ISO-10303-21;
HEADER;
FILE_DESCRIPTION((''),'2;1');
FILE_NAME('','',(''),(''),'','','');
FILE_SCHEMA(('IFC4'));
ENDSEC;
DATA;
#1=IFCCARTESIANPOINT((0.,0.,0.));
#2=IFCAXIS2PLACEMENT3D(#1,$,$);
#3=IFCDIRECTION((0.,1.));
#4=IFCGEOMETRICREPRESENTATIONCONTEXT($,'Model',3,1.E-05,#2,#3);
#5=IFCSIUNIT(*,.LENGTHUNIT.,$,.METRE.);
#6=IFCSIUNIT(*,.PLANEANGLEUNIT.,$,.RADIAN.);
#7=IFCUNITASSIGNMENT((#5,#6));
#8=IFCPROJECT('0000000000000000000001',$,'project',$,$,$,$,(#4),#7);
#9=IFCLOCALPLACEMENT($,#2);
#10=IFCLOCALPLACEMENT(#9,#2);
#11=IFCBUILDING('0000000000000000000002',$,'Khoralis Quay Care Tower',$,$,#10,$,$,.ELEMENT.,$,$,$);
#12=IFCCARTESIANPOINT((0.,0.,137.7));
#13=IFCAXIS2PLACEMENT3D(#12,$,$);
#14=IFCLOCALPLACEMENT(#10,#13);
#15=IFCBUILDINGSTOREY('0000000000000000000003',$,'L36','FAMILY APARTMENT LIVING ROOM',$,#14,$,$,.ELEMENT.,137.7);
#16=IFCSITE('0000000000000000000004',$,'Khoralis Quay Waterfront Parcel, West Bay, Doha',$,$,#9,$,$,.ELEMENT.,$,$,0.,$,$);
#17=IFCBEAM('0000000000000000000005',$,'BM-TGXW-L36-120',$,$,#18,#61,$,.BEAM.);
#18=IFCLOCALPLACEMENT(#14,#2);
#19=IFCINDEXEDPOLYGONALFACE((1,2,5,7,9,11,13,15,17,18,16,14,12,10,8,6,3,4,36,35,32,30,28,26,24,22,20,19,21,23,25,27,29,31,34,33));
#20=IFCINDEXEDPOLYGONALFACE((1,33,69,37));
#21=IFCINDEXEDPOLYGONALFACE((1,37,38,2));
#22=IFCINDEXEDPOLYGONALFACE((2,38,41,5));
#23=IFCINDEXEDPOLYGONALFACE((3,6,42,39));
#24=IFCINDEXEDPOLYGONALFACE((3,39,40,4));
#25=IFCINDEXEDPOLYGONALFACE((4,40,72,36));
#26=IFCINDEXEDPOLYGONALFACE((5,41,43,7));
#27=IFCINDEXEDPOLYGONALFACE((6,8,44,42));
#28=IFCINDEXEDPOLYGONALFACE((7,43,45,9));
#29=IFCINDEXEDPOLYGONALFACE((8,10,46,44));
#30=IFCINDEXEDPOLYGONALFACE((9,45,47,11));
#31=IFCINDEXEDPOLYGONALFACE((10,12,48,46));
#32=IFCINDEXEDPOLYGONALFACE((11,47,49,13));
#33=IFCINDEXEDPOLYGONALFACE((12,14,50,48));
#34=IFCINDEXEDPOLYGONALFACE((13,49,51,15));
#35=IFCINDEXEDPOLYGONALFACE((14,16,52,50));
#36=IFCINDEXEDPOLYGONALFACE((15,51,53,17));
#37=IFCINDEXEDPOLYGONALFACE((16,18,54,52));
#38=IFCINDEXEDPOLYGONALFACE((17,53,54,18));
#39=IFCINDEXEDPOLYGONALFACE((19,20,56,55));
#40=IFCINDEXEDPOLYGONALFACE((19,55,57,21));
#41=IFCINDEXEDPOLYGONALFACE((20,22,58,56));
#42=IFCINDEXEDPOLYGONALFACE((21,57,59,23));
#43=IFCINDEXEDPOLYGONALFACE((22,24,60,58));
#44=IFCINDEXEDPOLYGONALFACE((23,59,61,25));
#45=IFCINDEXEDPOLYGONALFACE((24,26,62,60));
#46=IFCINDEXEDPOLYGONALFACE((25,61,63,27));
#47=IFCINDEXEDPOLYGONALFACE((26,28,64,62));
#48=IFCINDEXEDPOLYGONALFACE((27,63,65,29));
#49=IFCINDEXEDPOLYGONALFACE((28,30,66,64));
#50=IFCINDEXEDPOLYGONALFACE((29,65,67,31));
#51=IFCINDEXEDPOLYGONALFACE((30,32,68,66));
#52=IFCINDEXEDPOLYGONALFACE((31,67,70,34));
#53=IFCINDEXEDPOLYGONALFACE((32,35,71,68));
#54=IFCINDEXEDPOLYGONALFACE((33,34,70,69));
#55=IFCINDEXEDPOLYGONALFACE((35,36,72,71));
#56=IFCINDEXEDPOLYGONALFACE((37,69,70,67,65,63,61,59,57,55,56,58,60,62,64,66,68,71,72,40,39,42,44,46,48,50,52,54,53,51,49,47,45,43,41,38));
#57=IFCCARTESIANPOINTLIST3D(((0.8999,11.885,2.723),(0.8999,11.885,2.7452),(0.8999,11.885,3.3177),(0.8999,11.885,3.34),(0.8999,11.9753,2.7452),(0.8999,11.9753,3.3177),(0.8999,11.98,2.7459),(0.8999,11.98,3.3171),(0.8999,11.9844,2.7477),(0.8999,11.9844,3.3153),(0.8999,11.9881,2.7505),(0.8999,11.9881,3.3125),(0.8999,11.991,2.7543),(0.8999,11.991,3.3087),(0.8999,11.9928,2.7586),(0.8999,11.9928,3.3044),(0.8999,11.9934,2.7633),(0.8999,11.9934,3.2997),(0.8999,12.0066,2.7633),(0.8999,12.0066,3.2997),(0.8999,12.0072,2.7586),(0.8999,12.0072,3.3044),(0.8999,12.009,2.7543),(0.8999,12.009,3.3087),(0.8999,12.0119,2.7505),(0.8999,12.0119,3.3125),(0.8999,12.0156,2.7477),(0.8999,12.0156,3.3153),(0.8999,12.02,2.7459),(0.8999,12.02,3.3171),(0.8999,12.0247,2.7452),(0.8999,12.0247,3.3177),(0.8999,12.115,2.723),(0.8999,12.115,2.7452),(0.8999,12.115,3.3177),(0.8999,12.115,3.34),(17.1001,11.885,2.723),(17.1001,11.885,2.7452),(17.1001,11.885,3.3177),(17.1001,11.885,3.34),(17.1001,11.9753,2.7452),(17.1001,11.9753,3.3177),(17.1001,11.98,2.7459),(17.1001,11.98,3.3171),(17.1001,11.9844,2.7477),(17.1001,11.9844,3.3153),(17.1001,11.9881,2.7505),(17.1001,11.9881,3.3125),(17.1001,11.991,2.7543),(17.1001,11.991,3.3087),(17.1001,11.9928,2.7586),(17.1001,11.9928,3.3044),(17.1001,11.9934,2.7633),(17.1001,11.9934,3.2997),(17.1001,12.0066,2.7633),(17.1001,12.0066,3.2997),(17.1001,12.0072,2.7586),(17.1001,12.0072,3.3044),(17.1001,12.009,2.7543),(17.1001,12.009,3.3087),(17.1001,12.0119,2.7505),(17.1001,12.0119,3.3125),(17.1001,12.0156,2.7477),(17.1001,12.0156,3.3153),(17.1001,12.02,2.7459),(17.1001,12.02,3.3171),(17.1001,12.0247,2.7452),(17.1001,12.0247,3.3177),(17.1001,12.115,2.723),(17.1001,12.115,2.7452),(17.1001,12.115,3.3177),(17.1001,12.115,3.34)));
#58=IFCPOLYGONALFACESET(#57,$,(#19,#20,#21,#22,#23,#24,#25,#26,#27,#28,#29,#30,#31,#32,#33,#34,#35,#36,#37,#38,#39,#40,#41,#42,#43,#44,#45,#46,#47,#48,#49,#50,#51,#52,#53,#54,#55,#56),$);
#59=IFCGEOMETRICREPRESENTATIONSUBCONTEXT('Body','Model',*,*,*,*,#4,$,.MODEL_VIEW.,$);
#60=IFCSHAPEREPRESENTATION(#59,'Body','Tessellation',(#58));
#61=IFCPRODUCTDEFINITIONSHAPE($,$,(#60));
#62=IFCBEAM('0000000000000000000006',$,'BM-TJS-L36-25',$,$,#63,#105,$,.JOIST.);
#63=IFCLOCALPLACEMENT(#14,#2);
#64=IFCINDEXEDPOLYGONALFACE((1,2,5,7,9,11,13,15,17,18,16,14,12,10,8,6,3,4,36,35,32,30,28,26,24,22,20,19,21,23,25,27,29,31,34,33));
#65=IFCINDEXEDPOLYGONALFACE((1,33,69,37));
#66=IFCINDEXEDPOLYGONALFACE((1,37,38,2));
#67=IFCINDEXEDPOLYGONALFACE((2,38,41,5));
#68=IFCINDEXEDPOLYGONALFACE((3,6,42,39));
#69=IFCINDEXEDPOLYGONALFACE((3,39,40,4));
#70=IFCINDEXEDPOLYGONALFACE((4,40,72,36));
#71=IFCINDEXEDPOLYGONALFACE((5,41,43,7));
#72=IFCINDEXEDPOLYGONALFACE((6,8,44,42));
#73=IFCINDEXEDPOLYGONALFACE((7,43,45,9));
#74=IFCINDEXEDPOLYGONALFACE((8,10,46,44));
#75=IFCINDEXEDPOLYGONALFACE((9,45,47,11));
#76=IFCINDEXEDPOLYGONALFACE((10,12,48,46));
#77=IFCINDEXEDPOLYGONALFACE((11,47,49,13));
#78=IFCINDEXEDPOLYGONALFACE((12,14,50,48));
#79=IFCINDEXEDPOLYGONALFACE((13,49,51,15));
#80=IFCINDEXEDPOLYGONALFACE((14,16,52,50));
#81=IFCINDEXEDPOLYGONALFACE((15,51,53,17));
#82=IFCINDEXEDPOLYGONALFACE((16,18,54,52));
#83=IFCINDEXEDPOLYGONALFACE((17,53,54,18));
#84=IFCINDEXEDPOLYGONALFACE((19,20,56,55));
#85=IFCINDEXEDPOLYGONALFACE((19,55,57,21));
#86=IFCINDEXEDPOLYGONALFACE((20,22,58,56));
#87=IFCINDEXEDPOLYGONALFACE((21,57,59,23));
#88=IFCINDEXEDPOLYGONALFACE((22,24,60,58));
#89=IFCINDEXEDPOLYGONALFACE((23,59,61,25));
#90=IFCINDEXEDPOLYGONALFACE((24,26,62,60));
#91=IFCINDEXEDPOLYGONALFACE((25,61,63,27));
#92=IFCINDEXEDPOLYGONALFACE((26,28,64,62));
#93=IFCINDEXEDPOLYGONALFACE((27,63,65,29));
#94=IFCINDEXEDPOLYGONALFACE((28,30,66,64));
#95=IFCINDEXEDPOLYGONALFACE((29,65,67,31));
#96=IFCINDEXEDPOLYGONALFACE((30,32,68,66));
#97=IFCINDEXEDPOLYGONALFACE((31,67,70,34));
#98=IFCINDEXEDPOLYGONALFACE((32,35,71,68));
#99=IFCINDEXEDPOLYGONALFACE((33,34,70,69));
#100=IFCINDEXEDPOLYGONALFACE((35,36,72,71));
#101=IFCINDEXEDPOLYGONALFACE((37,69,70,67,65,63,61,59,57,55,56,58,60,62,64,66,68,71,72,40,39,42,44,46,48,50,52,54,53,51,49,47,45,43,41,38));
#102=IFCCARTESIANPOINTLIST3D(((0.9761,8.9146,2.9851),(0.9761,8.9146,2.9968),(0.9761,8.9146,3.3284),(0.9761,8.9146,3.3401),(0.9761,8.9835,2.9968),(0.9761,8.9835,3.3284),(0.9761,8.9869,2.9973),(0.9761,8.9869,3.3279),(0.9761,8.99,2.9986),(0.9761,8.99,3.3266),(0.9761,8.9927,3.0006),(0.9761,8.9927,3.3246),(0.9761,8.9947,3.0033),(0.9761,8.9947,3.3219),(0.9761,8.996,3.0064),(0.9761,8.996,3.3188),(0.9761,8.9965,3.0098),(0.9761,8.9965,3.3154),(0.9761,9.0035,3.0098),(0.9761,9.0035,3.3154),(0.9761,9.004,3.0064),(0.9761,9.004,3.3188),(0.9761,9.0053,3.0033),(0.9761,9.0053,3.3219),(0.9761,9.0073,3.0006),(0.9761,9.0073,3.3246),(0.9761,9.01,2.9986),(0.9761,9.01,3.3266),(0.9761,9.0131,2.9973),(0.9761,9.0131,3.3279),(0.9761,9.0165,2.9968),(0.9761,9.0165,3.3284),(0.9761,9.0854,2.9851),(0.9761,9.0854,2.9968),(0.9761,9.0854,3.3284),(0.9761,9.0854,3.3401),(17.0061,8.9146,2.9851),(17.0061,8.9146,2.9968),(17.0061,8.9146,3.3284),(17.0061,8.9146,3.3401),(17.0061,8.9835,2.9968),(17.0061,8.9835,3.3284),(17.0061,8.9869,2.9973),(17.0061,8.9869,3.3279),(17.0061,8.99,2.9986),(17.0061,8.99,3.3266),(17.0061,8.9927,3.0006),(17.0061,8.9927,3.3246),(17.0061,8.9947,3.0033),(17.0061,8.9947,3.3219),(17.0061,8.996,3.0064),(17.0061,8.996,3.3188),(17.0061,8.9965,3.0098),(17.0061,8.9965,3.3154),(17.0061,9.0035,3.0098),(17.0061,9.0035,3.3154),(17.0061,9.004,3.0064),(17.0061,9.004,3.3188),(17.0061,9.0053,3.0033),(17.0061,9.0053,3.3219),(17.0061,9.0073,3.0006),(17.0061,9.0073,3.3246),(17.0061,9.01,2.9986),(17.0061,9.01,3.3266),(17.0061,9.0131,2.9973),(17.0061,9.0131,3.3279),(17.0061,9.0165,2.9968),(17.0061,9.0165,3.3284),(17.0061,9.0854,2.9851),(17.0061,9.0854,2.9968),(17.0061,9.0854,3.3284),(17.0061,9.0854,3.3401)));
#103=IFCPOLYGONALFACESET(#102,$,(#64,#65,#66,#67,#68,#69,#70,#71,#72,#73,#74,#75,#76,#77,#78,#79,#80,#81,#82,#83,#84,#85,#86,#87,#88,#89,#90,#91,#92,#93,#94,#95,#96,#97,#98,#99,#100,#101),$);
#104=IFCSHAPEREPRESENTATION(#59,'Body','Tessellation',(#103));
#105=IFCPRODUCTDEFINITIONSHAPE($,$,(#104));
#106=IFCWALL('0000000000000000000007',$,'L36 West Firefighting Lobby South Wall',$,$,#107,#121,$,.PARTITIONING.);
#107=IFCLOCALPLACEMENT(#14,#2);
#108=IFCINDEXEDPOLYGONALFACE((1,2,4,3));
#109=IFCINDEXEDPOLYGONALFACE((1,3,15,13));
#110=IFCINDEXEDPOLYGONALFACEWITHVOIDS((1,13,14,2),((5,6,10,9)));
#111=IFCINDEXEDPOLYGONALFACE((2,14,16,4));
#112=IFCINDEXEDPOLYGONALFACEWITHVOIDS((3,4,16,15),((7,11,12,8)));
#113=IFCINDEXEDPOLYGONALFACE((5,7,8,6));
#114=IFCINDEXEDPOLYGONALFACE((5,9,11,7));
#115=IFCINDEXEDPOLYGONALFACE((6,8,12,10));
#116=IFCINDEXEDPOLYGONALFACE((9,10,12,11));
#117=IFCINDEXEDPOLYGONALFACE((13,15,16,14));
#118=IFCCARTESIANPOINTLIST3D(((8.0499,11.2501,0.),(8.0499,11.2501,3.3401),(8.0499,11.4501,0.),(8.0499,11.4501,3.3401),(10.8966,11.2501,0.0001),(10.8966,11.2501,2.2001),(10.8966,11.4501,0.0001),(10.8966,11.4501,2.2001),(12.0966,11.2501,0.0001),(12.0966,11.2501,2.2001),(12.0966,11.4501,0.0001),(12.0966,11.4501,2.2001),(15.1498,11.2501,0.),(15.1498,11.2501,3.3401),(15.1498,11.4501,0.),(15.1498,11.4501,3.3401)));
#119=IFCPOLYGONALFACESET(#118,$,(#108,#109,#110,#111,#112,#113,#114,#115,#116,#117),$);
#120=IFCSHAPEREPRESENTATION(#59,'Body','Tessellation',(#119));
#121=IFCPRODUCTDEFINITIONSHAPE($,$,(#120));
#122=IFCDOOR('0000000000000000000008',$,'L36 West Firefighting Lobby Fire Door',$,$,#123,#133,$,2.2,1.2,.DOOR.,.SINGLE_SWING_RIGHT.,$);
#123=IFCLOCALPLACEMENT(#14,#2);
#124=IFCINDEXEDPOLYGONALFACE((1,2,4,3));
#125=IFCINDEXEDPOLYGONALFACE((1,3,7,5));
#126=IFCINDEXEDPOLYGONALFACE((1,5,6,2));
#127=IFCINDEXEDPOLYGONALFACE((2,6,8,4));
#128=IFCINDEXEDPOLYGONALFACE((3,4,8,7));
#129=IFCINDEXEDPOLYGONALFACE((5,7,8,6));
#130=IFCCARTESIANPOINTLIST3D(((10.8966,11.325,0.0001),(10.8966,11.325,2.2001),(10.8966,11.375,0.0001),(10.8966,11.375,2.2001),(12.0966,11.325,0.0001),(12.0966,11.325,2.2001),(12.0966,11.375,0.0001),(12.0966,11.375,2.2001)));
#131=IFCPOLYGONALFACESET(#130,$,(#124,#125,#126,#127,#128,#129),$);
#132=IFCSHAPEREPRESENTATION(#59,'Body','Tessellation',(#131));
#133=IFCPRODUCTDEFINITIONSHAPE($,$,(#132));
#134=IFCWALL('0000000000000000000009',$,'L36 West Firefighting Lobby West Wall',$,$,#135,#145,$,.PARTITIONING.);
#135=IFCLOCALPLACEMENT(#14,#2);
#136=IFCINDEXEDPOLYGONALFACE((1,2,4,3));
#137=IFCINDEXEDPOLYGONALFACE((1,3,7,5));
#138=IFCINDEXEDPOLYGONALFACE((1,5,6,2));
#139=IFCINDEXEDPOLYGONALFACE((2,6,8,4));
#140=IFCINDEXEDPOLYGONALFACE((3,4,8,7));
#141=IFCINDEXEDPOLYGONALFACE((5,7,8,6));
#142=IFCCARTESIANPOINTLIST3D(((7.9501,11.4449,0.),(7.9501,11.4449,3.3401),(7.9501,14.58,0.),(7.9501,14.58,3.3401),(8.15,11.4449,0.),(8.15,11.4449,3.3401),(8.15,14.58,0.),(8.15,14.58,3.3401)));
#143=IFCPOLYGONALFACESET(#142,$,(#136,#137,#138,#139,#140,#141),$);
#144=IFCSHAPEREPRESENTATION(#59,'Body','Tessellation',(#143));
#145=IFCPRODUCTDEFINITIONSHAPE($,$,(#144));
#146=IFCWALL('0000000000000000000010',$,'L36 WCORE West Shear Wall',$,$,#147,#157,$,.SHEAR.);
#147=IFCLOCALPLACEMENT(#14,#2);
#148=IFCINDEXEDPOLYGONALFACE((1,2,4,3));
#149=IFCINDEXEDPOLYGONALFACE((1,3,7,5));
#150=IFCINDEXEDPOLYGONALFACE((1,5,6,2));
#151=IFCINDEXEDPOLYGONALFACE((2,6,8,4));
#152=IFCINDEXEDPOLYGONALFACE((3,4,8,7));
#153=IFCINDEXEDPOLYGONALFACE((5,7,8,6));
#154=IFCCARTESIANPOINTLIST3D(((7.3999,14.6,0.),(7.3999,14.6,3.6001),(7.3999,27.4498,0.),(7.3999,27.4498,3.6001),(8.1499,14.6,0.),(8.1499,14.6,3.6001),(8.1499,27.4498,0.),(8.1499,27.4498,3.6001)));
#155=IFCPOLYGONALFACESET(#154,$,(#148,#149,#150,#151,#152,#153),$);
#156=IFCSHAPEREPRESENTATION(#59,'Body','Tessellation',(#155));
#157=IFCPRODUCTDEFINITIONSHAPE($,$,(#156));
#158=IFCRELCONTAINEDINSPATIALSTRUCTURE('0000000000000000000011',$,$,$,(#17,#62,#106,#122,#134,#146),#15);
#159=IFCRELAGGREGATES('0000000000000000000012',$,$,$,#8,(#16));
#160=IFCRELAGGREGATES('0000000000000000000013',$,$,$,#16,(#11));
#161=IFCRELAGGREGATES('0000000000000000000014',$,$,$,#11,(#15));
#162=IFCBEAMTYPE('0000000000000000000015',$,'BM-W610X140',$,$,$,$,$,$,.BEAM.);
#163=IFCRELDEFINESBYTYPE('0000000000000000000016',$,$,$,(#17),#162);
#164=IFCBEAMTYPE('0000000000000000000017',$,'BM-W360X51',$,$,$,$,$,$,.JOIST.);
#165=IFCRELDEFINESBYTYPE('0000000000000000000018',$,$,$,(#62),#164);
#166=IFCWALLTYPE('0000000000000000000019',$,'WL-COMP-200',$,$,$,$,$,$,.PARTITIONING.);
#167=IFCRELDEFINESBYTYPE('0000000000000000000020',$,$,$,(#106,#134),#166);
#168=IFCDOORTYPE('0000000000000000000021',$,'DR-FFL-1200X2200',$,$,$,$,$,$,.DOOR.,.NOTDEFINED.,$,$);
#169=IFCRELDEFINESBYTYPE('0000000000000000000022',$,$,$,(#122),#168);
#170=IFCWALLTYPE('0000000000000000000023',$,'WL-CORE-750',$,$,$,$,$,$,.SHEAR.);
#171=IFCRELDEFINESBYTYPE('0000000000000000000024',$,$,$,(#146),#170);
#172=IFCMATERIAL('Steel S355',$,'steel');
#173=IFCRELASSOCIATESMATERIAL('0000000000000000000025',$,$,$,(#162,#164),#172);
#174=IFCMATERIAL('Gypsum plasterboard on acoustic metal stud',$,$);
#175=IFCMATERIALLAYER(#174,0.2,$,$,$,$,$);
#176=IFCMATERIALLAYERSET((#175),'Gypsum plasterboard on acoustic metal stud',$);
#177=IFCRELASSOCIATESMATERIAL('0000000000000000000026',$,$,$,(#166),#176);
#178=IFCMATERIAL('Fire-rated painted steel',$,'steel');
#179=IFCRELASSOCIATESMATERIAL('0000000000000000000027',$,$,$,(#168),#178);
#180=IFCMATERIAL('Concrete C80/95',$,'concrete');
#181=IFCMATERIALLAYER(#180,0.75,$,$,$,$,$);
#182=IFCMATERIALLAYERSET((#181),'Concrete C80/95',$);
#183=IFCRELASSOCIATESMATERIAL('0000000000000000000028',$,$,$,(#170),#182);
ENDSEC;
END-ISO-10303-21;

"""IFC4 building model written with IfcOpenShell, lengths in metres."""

from ifc_helpers import new_model, si_unit, direction, frame, frame_2d, origin, origin_2d, place, context, subcontext, project, spatial, rectangle, i_section, extrude, source, transform, mapped, material, layer, layer_set, material_profile, profile_set, type_object, element, fill, save


model = new_model("IFC4")

# Units and contexts
model_context = context("Model", 3, precision=1e-05, world=origin(), true_north=direction((0.0, 1.0)))
body_context = subcontext(model_context, "Body", "Model", "MODEL_VIEW")
ifc_project = project(units=[si_unit("LENGTHUNIT", "METRE"), si_unit("PLANEANGLEUNIT", "RADIAN")], contexts=[model_context])

# Site, building, storey
site_placement = place(None, origin())
site = spatial("IfcSite", under=ifc_project, at=site_placement, Name="Khoralis Quay Waterfront Parcel, West Bay, Doha", CompositionType="ELEMENT", RefElevation=0.0)
building_placement = place(site_placement, origin())
building = spatial("IfcBuilding", under=site, at=building_placement, Name="Khoralis Quay Care Tower", CompositionType="ELEMENT")
storey_placement = place(building_placement, frame((0.0, 0.0, 137.7)))
storey = spatial("IfcBuildingStorey", under=building, at=storey_placement, Name="L36", Description="FAMILY APARTMENT LIVING ROOM", CompositionType="ELEMENT", Elevation=137.7)

# Beams
ifc_material_1 = material(Name="Steel S355", Category="steel")
ifc_material_profile_1 = material_profile(ifc_material_1, i_section(OverallWidth=0.23, OverallDepth=0.6169, WebThickness=0.0132, FlangeThickness=0.0222, FilletRadius=0.0181, at=origin_2d()), Name="Steel S355")
ifc_profile_set_1 = profile_set([ifc_material_profile_1], Name="Steel S355")
beam_type_1 = type_object("IfcBeamType", Name="BM-W610X140", PredefinedType="BEAM", material=ifc_profile_set_1)
shared_shape_1 = source(origin(), body_context, "Body", "SweptSolid", [
    extrude(i_section(OverallWidth=0.23, OverallDepth=0.6169, WebThickness=0.0132, FlangeThickness=0.0222, FilletRadius=0.0181, at=origin_2d()), origin(), (0.0, 0.0, 1.0), 16.2002),
])
beam_1_placement = place(storey_placement, frame((0.8999, 12.0, 3.0315), z_axis=(1.0, 0.0, 0.0), x_axis=(0.0, 1.0, 0.0)))
element("IfcBeam", 1, at=beam_1_placement, inside=storey, type_object=beam_type_1, Name="BM-TGXW-L36-120", PredefinedType="BEAM", context=body_context, shape_type="MappedRepresentation", body=[
    mapped(shared_shape_1, transform((0.0, 0.0, 0.0), scale=1.0)),
])
ifc_material_profile_2 = material_profile(ifc_material_1, i_section(OverallWidth=0.1709, OverallDepth=0.355, WebThickness=0.0071, FlangeThickness=0.0117, FilletRadius=0.0129, at=origin_2d()), Name="Steel S355")
ifc_profile_set_2 = profile_set([ifc_material_profile_2], Name="Steel S355")
beam_type_2 = type_object("IfcBeamType", Name="BM-W360X51", PredefinedType="JOIST", material=ifc_profile_set_2)
shared_shape_2 = source(origin(), body_context, "Body", "SweptSolid", [
    extrude(i_section(OverallWidth=0.1709, OverallDepth=0.355, WebThickness=0.0071, FlangeThickness=0.0117, FilletRadius=0.0129, at=origin_2d()), origin(), (0.0, 0.0, 1.0), 16.03),
])
beam_2_placement = place(storey_placement, frame((0.9761, 9.0, 3.1626), z_axis=(1.0, 0.0, 0.0), x_axis=(0.0, 1.0, 0.0)))
element("IfcBeam", 2, at=beam_2_placement, inside=storey, type_object=beam_type_2, Name="BM-TJS-L36-25", PredefinedType="JOIST", context=body_context, shape_type="MappedRepresentation", body=[
    mapped(shared_shape_2, transform((0.0, 0.0, 0.0), scale=1.0)),
])

# Wall, opening, door
ifc_material_2 = material(Name="Gypsum plasterboard on acoustic metal stud")
ifc_layer_1 = layer(ifc_material_2, 0.2)
ifc_layer_set_1 = layer_set([ifc_layer_1], Name="Gypsum plasterboard on acoustic metal stud")
wall_type_1 = type_object("IfcWallType", Name="WL-COMP-200", PredefinedType="PARTITIONING", material=ifc_layer_set_1)
wall_1_placement = place(storey_placement, frame((8.05, 11.3501, 0.0), z_axis=(0.0, 0.0, 1.0), x_axis=(1.0, 0.0, 0.0)))
wall_1 = element("IfcWall", 3, at=wall_1_placement, inside=storey, type_object=wall_type_1, Name="L36 West Firefighting Lobby South Wall", PredefinedType="PARTITIONING", context=body_context, shape_type="SweptSolid", body=[
    extrude(rectangle(XDim=7.0999, YDim=0.2, at=frame_2d((3.5498, 0.0))), origin(), (0.0, 0.0, 1.0), 3.3401),
])
opening_1_placement = place(wall_1_placement, frame((2.8464, 0.0, 0.0)))
opening_1 = element("IfcOpeningElement", 4, at=opening_1_placement, cuts=wall_1, PredefinedType="OPENING", context=body_context, shape_type="SweptSolid", body=[
    extrude(rectangle(XDim=1.2, YDim=2.2, at=frame_2d((0.6001, 1.1001))), frame((0.0, 0.1099, 0.0), z_axis=(0.0, -1.0, 0.0), x_axis=(1.0, 0.0, 0.0)), (0.0, 0.0, 1.0), 0.22),
])
ifc_material_3 = material(Name="Fire-rated painted steel", Category="steel")
door_type_1 = type_object("IfcDoorType", Name="DR-FFL-1200X2200", OperationType="NOTDEFINED", PredefinedType="DOOR", material=ifc_material_3)
shared_shape_3 = source(origin(), body_context, "Body", "SweptSolid", [
    extrude(rectangle(XDim=1.2, YDim=2.2, at=frame_2d((0.6001, 1.1001))), frame((0.0, 0.0249, 0.0), z_axis=(0.0, -1.0, 0.0), x_axis=(1.0, 0.0, 0.0)), (0.0, 0.0, 1.0), 0.05),
])
door_1_placement = place(opening_1_placement, origin())
door_1 = element("IfcDoor", 5, at=door_1_placement, inside=storey, type_object=door_type_1, Name="L36 West Firefighting Lobby Fire Door", OperationType="SINGLE_SWING_RIGHT", OverallHeight=2.2, OverallWidth=1.2, PredefinedType="DOOR", context=body_context, shape_type="MappedRepresentation", body=[
    mapped(shared_shape_3, transform((0.0, 0.0, 0.0), scale=1.0)),
])
fill(opening_1, door_1)

# Walls
wall_2_placement = place(storey_placement, frame((8.05, 11.4451, 0.0), z_axis=(0.0, 0.0, 1.0), x_axis=(0.0, 1.0, 0.0)))
element("IfcWall", 6, at=wall_2_placement, inside=storey, type_object=wall_type_1, Name="L36 West Firefighting Lobby West Wall", PredefinedType="PARTITIONING", context=body_context, shape_type="SweptSolid", body=[
    extrude(rectangle(XDim=3.135, YDim=0.2, at=frame_2d((1.5674, 0.0))), origin(), (0.0, 0.0, 1.0), 3.3401),
])
ifc_material_4 = material(Name="Concrete C80/95", Category="concrete")
ifc_layer_2 = layer(ifc_material_4, 0.75)
ifc_layer_set_2 = layer_set([ifc_layer_2], Name="Concrete C80/95")
wall_type_2 = type_object("IfcWallType", Name="WL-CORE-750", PredefinedType="SHEAR", material=ifc_layer_set_2)
wall_3_placement = place(storey_placement, frame((7.7749, 14.6001, 0.0), z_axis=(0.0, 0.0, 1.0), x_axis=(0.0, 1.0, 0.0)))
element("IfcWall", 7, at=wall_3_placement, inside=storey, type_object=wall_type_2, Name="L36 WCORE West Shear Wall", PredefinedType="SHEAR", context=body_context, shape_type="SweptSolid", body=[
    extrude(rectangle(XDim=12.8499, YDim=0.75, at=frame_2d((6.4248, 0.0))), origin(), (0.0, 0.0, 1.0), 3.6001),
])

save(model, "model.ifc")
